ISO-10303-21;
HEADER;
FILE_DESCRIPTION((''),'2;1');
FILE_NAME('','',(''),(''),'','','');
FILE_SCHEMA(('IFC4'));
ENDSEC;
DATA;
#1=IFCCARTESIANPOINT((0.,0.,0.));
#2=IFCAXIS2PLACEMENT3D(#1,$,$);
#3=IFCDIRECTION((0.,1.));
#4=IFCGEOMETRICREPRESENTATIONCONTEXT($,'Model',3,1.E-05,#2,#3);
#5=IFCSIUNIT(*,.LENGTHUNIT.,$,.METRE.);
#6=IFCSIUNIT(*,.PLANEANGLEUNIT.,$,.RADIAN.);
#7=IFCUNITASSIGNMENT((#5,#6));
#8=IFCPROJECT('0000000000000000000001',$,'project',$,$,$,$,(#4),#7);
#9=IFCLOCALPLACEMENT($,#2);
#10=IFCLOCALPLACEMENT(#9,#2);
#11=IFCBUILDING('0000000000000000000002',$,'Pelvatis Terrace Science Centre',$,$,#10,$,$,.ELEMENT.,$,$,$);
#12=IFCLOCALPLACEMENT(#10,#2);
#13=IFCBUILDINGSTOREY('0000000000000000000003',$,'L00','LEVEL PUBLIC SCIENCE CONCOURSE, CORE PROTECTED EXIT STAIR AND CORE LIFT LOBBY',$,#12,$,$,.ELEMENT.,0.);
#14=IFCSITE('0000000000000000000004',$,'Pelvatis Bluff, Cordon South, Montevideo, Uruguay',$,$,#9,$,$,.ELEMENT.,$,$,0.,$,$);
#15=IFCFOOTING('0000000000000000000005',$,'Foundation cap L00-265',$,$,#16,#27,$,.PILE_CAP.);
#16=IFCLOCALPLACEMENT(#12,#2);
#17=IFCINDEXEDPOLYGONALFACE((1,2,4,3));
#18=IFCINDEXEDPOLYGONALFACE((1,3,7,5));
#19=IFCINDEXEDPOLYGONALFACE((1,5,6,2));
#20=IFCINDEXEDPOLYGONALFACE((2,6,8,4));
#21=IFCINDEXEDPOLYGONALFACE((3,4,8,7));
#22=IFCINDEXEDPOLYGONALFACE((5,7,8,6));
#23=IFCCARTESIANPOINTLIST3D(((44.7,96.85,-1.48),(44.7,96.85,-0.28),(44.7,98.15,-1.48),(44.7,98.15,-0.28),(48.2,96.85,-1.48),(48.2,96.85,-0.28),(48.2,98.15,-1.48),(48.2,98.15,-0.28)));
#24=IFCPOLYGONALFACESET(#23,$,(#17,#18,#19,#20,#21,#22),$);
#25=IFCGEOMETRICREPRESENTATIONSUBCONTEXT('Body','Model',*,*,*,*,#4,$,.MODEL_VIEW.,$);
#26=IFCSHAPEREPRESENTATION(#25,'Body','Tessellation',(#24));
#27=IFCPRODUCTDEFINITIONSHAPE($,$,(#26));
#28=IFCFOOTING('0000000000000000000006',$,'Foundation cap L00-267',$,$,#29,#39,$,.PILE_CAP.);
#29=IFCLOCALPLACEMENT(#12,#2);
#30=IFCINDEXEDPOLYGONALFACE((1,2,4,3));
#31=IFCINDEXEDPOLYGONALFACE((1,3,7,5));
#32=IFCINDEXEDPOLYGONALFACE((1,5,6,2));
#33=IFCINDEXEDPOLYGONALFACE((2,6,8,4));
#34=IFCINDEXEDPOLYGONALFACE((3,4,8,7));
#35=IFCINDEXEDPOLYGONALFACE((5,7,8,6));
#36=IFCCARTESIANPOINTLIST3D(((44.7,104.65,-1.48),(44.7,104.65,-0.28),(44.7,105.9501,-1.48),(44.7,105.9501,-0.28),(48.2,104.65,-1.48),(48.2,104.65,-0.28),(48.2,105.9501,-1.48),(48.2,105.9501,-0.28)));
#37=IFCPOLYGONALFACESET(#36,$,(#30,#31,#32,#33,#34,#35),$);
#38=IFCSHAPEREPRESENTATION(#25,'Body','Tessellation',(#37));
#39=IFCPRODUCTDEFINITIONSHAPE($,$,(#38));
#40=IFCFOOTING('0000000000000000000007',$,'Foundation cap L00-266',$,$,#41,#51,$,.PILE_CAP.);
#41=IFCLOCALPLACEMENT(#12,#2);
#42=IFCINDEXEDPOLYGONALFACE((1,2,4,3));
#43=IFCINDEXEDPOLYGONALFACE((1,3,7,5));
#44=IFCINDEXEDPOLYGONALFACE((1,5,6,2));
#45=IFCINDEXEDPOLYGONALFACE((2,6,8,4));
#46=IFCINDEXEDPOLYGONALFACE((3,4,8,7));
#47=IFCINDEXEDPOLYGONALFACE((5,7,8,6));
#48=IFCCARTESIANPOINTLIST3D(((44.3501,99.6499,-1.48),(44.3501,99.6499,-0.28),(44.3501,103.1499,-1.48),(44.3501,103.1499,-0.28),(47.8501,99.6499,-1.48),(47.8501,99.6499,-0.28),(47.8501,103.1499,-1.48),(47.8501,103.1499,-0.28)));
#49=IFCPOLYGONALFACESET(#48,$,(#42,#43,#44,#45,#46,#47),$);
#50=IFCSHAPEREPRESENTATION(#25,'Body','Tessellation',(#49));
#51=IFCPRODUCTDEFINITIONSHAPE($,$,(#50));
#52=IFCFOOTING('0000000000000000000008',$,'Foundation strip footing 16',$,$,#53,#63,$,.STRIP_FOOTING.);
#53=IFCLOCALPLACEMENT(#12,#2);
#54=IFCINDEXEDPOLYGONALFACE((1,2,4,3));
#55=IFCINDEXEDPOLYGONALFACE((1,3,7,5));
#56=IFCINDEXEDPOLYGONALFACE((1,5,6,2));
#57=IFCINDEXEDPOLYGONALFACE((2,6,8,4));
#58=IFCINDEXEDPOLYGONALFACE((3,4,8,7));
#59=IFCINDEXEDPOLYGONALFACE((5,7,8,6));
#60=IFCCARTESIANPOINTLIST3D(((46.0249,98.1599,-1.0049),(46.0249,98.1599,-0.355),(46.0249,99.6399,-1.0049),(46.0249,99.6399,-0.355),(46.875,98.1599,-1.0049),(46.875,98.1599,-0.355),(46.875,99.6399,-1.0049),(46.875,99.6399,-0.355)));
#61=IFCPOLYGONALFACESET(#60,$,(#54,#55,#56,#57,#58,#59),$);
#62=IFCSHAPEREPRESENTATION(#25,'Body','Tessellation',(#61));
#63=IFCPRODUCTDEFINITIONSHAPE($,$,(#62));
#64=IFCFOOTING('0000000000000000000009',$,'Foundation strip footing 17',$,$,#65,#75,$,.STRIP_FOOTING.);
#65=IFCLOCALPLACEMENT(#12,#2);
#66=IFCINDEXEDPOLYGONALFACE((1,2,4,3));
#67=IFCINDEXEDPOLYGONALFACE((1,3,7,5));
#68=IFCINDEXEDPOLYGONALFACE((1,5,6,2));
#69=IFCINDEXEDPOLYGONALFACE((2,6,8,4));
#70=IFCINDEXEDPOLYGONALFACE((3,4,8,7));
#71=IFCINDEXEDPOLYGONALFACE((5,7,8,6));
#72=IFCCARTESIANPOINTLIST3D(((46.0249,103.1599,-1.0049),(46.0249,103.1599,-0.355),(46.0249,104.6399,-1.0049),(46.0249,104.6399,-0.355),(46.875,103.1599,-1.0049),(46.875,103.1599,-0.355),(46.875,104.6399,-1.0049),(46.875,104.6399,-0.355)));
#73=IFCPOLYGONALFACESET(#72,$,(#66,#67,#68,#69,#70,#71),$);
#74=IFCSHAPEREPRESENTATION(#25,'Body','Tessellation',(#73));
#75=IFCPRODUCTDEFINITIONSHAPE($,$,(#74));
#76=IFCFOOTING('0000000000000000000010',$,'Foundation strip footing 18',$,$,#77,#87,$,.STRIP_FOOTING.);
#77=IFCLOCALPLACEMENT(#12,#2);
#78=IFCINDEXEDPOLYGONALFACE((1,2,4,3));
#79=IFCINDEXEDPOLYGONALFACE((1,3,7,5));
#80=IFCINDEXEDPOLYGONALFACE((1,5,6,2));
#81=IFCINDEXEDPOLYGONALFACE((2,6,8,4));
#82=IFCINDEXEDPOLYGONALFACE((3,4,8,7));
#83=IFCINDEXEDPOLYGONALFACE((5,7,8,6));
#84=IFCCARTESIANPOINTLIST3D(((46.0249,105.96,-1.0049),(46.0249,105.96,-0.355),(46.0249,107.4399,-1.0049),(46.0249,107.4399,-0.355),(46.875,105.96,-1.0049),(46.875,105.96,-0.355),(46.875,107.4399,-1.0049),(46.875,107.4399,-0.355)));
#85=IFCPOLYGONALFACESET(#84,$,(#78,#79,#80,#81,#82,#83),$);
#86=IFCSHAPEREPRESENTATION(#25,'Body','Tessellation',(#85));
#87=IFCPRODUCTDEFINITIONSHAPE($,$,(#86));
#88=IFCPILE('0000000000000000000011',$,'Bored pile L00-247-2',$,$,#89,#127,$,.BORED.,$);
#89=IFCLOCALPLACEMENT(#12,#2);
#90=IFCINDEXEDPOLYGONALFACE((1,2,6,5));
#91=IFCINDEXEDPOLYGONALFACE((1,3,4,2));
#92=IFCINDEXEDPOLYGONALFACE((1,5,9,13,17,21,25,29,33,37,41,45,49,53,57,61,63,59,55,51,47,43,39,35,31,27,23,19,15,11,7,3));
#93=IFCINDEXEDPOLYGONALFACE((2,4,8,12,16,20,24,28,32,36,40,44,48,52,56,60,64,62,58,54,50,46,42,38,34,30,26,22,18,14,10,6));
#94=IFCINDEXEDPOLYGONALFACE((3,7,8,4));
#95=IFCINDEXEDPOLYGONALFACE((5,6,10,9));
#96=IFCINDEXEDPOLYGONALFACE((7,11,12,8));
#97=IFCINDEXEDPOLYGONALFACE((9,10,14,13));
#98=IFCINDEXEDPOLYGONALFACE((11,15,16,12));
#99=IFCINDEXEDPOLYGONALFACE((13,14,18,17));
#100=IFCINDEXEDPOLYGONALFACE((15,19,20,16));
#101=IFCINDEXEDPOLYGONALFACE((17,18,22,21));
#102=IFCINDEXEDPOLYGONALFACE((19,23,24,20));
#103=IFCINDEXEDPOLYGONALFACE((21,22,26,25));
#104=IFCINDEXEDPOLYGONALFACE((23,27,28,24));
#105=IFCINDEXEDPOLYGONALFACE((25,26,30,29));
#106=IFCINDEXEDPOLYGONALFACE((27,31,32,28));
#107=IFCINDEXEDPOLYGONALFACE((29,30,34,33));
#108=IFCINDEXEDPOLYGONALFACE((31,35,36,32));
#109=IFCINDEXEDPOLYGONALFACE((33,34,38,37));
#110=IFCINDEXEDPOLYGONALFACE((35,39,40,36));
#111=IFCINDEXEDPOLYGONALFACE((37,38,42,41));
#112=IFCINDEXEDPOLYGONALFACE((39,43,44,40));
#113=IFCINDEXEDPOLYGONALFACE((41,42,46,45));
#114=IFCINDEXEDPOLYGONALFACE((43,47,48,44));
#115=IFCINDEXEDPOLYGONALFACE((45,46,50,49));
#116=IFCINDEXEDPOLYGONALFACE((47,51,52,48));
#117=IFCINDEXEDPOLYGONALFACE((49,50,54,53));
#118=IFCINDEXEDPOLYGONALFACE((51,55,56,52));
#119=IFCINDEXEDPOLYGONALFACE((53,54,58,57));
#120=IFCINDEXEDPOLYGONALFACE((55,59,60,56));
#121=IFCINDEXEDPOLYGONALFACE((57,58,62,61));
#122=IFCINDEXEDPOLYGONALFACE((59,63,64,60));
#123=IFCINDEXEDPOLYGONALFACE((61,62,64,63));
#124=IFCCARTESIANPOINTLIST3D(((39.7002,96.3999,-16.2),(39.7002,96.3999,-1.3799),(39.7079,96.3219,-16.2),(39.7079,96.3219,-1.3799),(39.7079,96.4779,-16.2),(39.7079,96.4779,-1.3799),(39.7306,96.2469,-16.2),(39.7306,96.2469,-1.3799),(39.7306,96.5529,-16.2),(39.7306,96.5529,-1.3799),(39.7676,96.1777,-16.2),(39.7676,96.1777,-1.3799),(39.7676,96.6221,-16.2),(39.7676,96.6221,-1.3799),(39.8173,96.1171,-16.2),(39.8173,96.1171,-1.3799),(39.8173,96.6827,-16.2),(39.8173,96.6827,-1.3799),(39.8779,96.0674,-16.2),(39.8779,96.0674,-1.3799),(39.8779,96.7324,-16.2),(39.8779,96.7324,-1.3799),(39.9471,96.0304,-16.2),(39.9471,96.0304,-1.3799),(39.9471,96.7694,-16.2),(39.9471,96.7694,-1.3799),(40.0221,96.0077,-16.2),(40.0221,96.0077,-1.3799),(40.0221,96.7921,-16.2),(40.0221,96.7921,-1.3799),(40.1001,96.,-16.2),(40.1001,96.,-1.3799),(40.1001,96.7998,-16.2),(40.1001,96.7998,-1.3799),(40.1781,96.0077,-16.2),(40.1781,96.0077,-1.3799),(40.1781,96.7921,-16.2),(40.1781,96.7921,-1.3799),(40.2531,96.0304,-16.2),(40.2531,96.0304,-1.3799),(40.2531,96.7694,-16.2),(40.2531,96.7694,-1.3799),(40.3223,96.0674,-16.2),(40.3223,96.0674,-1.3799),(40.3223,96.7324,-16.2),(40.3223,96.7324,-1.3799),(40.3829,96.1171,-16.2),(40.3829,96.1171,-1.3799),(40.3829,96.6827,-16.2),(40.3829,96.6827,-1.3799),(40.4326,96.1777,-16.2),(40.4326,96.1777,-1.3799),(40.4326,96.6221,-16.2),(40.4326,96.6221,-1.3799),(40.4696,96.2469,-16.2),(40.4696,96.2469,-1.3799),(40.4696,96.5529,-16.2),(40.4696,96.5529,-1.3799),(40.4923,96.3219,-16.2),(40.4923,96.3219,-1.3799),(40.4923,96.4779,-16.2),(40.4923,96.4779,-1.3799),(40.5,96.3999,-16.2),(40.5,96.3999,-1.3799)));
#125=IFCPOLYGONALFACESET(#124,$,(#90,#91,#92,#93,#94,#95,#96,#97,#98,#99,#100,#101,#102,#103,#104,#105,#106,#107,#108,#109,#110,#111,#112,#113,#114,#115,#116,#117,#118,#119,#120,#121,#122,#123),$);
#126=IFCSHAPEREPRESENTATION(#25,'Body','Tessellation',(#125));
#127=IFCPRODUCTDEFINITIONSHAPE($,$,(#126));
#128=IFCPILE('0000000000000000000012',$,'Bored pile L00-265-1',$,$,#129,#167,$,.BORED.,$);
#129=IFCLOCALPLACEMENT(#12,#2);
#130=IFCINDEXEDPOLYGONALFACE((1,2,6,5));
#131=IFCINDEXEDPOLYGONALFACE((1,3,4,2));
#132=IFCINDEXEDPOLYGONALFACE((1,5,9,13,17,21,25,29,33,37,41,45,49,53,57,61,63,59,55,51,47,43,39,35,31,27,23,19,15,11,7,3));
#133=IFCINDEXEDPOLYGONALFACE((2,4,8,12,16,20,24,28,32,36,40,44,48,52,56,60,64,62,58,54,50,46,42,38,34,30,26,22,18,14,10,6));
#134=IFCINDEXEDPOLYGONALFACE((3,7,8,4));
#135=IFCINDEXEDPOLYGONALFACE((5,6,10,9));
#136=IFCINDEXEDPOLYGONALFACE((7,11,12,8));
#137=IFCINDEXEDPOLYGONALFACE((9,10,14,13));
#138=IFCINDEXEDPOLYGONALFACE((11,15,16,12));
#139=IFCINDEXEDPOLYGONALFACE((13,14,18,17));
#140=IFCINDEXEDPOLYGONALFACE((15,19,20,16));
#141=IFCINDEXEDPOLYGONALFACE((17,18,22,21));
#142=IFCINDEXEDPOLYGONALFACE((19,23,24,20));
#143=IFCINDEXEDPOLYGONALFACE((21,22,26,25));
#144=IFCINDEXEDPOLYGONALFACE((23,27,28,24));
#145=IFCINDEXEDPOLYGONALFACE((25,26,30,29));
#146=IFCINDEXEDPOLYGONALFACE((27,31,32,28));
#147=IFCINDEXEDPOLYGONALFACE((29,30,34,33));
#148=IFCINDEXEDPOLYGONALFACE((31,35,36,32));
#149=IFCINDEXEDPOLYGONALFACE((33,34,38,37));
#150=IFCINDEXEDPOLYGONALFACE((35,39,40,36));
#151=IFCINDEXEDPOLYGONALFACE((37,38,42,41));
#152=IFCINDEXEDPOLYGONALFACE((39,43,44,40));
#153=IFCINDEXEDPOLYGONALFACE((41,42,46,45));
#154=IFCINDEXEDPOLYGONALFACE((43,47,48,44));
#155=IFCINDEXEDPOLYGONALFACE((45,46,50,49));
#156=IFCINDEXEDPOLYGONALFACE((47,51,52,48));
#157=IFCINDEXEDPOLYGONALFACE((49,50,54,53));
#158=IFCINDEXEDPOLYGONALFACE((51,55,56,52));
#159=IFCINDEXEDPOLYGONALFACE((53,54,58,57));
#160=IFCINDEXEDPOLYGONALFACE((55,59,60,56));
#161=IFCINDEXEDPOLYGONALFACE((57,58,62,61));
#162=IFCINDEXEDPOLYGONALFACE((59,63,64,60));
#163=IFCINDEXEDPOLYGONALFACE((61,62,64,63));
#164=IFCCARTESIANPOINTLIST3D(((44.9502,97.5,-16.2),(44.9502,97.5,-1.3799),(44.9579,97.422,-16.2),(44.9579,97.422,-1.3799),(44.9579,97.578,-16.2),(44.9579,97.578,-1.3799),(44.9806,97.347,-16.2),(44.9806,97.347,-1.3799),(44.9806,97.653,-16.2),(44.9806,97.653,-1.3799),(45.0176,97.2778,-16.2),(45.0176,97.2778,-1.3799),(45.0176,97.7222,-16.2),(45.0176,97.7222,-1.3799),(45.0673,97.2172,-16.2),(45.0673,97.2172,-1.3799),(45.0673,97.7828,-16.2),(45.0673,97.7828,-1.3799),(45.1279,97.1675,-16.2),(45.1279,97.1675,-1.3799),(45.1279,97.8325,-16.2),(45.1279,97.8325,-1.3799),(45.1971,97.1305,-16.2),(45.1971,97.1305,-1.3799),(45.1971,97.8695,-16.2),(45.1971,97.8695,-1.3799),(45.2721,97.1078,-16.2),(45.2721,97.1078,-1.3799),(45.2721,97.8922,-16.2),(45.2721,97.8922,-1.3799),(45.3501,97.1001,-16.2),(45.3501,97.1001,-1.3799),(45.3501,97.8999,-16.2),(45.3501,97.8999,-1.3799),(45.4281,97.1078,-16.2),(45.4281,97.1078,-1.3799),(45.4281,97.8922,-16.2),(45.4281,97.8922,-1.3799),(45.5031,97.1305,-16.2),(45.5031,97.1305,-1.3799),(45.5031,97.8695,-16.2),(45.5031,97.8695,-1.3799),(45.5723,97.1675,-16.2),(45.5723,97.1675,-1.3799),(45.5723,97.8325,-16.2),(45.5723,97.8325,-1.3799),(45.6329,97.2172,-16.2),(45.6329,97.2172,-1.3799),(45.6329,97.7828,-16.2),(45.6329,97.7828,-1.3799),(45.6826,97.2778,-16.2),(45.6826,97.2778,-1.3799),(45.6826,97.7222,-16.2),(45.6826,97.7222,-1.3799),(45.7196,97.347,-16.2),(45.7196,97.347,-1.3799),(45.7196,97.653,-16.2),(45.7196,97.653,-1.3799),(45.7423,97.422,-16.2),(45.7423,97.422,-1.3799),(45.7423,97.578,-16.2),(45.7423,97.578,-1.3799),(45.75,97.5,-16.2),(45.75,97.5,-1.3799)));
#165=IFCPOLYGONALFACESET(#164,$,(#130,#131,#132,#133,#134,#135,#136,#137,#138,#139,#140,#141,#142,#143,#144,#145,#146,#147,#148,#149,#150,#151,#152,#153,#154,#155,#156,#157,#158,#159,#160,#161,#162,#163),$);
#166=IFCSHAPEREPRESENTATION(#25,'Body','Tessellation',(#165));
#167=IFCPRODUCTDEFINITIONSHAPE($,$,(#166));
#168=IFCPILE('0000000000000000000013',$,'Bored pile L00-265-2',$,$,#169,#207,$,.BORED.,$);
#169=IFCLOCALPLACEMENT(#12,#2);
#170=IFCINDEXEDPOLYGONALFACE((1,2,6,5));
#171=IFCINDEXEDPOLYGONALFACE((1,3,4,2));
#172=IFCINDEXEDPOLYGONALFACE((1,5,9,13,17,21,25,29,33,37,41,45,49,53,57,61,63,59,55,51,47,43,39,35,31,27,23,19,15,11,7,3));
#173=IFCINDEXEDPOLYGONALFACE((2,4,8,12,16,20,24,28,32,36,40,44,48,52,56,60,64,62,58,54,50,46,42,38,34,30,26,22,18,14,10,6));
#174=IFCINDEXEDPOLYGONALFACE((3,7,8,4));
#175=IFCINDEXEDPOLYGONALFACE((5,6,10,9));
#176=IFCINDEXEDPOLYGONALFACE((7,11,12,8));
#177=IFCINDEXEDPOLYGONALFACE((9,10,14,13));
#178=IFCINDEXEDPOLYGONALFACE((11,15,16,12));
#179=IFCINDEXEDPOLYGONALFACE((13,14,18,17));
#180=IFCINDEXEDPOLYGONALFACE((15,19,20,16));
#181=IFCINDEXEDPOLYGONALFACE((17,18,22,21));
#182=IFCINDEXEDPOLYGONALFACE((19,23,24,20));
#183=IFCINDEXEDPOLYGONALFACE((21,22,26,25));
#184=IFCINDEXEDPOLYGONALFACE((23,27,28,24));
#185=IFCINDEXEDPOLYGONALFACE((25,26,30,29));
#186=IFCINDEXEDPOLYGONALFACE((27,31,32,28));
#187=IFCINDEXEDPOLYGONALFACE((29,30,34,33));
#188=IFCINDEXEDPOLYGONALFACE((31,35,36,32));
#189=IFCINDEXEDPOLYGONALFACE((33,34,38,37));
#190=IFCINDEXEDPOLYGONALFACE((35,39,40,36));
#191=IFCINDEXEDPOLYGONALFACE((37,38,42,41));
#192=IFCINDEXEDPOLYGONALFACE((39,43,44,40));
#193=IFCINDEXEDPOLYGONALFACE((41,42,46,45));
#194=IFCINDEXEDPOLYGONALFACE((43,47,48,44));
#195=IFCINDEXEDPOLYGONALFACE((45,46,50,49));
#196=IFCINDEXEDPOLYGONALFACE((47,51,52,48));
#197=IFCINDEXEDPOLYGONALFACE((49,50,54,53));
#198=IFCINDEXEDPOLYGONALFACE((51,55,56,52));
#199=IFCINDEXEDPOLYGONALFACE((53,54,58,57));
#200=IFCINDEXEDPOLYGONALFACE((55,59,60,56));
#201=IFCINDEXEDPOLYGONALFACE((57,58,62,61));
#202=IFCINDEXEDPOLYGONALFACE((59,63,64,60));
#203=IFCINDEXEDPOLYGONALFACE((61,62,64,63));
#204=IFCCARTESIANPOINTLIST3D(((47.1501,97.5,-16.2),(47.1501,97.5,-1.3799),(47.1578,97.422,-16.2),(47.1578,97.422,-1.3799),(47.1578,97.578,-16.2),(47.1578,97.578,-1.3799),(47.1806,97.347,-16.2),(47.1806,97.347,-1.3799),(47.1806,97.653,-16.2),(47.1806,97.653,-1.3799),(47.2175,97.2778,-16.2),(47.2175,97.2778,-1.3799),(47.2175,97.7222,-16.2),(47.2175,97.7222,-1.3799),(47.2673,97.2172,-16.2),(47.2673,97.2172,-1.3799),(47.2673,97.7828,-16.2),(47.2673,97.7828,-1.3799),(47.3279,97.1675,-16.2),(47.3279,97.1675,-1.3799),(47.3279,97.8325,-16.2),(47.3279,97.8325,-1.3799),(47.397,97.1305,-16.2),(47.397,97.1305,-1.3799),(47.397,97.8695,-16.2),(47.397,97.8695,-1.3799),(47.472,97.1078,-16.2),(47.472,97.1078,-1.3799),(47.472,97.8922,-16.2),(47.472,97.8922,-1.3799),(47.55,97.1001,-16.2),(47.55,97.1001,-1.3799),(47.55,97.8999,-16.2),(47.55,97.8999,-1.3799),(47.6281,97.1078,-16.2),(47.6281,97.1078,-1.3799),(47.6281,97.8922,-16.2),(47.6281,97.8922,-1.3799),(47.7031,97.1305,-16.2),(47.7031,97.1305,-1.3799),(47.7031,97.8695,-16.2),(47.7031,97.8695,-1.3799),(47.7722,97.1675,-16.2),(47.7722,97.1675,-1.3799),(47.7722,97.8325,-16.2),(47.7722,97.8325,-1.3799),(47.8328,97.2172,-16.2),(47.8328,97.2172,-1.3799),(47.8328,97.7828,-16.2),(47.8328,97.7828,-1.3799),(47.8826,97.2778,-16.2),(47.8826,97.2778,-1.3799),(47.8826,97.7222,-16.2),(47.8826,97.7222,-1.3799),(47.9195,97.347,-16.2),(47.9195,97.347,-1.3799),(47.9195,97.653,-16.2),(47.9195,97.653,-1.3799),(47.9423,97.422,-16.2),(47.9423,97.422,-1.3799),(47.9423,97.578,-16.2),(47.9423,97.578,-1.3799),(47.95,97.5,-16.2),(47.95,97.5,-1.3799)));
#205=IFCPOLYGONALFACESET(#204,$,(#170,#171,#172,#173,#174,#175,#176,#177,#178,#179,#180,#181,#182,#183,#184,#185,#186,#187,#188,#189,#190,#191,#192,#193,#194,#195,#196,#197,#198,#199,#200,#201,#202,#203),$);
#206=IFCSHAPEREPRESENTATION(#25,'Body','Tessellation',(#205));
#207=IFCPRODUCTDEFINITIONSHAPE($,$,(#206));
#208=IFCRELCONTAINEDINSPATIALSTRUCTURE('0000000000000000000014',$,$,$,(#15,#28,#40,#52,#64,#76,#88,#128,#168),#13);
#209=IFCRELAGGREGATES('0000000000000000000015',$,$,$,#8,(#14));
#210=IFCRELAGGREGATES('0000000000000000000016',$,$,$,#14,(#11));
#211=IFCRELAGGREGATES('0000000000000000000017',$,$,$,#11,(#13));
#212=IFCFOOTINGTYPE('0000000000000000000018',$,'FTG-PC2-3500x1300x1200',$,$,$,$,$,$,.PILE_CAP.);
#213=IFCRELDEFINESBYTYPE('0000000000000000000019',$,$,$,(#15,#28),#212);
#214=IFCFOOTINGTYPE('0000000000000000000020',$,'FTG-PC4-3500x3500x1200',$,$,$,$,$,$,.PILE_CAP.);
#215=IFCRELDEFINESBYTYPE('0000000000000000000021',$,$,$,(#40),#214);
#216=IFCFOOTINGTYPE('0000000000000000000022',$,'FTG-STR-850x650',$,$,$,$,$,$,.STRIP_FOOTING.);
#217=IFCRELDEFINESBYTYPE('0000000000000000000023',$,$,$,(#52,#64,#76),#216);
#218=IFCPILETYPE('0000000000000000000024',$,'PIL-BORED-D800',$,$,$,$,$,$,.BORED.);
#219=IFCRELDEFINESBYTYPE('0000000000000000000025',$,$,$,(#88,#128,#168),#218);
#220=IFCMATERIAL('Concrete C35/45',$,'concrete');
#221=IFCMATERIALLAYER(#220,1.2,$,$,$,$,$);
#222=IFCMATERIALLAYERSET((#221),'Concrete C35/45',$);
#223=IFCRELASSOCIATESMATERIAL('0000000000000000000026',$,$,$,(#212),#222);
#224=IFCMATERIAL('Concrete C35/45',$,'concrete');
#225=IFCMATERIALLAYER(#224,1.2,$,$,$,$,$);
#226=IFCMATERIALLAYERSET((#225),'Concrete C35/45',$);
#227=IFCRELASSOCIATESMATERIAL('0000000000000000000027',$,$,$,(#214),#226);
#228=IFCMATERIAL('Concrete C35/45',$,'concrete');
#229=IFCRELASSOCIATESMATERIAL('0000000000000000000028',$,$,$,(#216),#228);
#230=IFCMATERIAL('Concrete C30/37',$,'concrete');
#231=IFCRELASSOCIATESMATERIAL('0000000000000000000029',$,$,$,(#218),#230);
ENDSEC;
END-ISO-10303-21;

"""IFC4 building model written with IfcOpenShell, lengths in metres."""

from ifc_helpers import new_model, si_unit, direction, frame, origin, origin_2d, place, context, subcontext, project, spatial, rectangle, circle, extrude, material, layer, layer_set, material_profile, profile_set, type_object, element, save


model = new_model("IFC4")

# Units and contexts
model_context = context("Model", 3, precision=1e-05, world=origin(), true_north=direction((0.0, 1.0)))
body_context = subcontext(model_context, "Body", "Model", "MODEL_VIEW")
ifc_project = project(units=[si_unit("LENGTHUNIT", "METRE"), si_unit("PLANEANGLEUNIT", "RADIAN")], contexts=[model_context])

# Site, building, storey
site_placement = place(None, origin())
site = spatial("IfcSite", under=ifc_project, at=site_placement, Name="Pelvatis Bluff, Cordon South, Montevideo, Uruguay", CompositionType="ELEMENT", RefElevation=0.0)
building_placement = place(site_placement, origin())
building = spatial("IfcBuilding", under=site, at=building_placement, Name="Pelvatis Terrace Science Centre", CompositionType="ELEMENT")
storey_placement = place(building_placement, origin())
storey = spatial("IfcBuildingStorey", under=building, at=storey_placement, Name="L00", Description="LEVEL PUBLIC SCIENCE CONCOURSE, CORE PROTECTED EXIT STAIR AND CORE LIFT LOBBY", CompositionType="ELEMENT", Elevation=0.0)

# Footings
ifc_material_1 = material(Name="Concrete C35/45", Category="concrete")
ifc_layer_1 = layer(ifc_material_1, 1.2)
ifc_layer_set_1 = layer_set([ifc_layer_1], Name="Concrete C35/45")
footing_type_1 = type_object("IfcFootingType", Name="FTG-PC2-3500x1300x1200", PredefinedType="PILE_CAP", material=ifc_layer_set_1)
for number, where, z_axis, x_axis, name in (
    (1, (46.45, 97.5, -1.48), (0.0, 0.0, 1.0), (1.0, 0.0, 0.0), "Foundation cap L00-265"),
    (2, (46.45, 105.3, -1.48), (0.0, 0.0, 1.0), (1.0, 0.0, 0.0), "Foundation cap L00-267"),
):
    element("IfcFooting", number, at=place(storey_placement, frame(where, z_axis=z_axis, x_axis=x_axis)), inside=storey, type_object=footing_type_1, Name=name, PredefinedType="PILE_CAP", context=body_context, shape_type="SweptSolid", body=[
        extrude(rectangle(XDim=3.5, YDim=1.3, at=origin_2d()), origin(), (0.0, 0.0, 1.0), 1.2),
    ])
ifc_material_2 = material(Name="Concrete C35/45", Category="concrete")
ifc_layer_2 = layer(ifc_material_2, 1.2)
ifc_layer_set_2 = layer_set([ifc_layer_2], Name="Concrete C35/45")
footing_type_2 = type_object("IfcFootingType", Name="FTG-PC4-3500x3500x1200", PredefinedType="PILE_CAP", material=ifc_layer_set_2)
footing_placement = place(storey_placement, frame((46.1001, 101.3999, -1.48), z_axis=(0.0, 0.0, 1.0), x_axis=(1.0, 0.0, 0.0)))
element("IfcFooting", 3, at=footing_placement, inside=storey, type_object=footing_type_2, Name="Foundation cap L00-266", PredefinedType="PILE_CAP", context=body_context, shape_type="SweptSolid", body=[
    extrude(rectangle(XDim=3.5, YDim=3.5, at=origin_2d()), origin(), (0.0, 0.0, 1.0), 1.2),
])
ifc_material_3 = material(Name="Concrete C35/45", Category="concrete")
ifc_material_profile_1 = material_profile(ifc_material_3, rectangle(XDim=0.8501, YDim=0.6499, at=origin_2d()), Name="RC-STR 850x650")
ifc_profile_set_1 = profile_set([ifc_material_profile_1], Name="Concrete C35/45")
footing_type_3 = type_object("IfcFootingType", Name="FTG-STR-850x650", PredefinedType="STRIP_FOOTING", material=ifc_profile_set_1)
for number, where, z_axis, x_axis, name in (
    (4, (46.45, 98.1599, -0.6799), (0.0, 1.0, 0.0), (-1.0, 0.0, 0.0), "Foundation strip footing 16"),
    (5, (46.45, 103.1599, -0.6799), (0.0, 1.0, 0.0), (-1.0, 0.0, 0.0), "Foundation strip footing 17"),
    (6, (46.45, 105.96, -0.6799), (0.0, 1.0, 0.0), (-1.0, 0.0, 0.0), "Foundation strip footing 18"),
):
    element("IfcFooting", number, at=place(storey_placement, frame(where, z_axis=z_axis, x_axis=x_axis)), inside=storey, type_object=footing_type_3, Name=name, PredefinedType="STRIP_FOOTING", context=body_context, shape_type="SweptSolid", body=[
        extrude(rectangle(XDim=0.8501, YDim=0.6499, at=origin_2d()), origin(), (0.0, 0.0, 1.0), 1.48),
    ])

# Piles
ifc_material_4 = material(Name="Concrete C30/37", Category="concrete")
ifc_material_profile_2 = material_profile(ifc_material_4, circle(Radius=0.3999, at=origin_2d()), Name="PILE D800")
ifc_profile_set_2 = profile_set([ifc_material_profile_2], Name="Concrete C30/37")
pile_type = type_object("IfcPileType", Name="PIL-BORED-D800", PredefinedType="BORED", material=ifc_profile_set_2)
for number, where, z_axis, x_axis, name in (
    (7, (40.1001, 96.3999, -1.3799), (0.0, 0.0, -1.0), (1.0, 0.0, 0.0), "Bored pile L00-247-2"),
    (8, (45.3501, 97.5, -1.3799), (0.0, 0.0, -1.0), (1.0, 0.0, 0.0), "Bored pile L00-265-1"),
    (9, (47.55, 97.5, -1.3799), (0.0, 0.0, -1.0), (1.0, 0.0, 0.0), "Bored pile L00-265-2"),
):
    element("IfcPile", number, at=place(storey_placement, frame(where, z_axis=z_axis, x_axis=x_axis)), inside=storey, type_object=pile_type, Name=name, PredefinedType="BORED", context=body_context, shape_type="SweptSolid", body=[
        extrude(circle(Radius=0.3999, at=origin_2d()), origin(), (0.0, 0.0, 1.0), 14.8201),
    ])

save(model, "model.ifc")
